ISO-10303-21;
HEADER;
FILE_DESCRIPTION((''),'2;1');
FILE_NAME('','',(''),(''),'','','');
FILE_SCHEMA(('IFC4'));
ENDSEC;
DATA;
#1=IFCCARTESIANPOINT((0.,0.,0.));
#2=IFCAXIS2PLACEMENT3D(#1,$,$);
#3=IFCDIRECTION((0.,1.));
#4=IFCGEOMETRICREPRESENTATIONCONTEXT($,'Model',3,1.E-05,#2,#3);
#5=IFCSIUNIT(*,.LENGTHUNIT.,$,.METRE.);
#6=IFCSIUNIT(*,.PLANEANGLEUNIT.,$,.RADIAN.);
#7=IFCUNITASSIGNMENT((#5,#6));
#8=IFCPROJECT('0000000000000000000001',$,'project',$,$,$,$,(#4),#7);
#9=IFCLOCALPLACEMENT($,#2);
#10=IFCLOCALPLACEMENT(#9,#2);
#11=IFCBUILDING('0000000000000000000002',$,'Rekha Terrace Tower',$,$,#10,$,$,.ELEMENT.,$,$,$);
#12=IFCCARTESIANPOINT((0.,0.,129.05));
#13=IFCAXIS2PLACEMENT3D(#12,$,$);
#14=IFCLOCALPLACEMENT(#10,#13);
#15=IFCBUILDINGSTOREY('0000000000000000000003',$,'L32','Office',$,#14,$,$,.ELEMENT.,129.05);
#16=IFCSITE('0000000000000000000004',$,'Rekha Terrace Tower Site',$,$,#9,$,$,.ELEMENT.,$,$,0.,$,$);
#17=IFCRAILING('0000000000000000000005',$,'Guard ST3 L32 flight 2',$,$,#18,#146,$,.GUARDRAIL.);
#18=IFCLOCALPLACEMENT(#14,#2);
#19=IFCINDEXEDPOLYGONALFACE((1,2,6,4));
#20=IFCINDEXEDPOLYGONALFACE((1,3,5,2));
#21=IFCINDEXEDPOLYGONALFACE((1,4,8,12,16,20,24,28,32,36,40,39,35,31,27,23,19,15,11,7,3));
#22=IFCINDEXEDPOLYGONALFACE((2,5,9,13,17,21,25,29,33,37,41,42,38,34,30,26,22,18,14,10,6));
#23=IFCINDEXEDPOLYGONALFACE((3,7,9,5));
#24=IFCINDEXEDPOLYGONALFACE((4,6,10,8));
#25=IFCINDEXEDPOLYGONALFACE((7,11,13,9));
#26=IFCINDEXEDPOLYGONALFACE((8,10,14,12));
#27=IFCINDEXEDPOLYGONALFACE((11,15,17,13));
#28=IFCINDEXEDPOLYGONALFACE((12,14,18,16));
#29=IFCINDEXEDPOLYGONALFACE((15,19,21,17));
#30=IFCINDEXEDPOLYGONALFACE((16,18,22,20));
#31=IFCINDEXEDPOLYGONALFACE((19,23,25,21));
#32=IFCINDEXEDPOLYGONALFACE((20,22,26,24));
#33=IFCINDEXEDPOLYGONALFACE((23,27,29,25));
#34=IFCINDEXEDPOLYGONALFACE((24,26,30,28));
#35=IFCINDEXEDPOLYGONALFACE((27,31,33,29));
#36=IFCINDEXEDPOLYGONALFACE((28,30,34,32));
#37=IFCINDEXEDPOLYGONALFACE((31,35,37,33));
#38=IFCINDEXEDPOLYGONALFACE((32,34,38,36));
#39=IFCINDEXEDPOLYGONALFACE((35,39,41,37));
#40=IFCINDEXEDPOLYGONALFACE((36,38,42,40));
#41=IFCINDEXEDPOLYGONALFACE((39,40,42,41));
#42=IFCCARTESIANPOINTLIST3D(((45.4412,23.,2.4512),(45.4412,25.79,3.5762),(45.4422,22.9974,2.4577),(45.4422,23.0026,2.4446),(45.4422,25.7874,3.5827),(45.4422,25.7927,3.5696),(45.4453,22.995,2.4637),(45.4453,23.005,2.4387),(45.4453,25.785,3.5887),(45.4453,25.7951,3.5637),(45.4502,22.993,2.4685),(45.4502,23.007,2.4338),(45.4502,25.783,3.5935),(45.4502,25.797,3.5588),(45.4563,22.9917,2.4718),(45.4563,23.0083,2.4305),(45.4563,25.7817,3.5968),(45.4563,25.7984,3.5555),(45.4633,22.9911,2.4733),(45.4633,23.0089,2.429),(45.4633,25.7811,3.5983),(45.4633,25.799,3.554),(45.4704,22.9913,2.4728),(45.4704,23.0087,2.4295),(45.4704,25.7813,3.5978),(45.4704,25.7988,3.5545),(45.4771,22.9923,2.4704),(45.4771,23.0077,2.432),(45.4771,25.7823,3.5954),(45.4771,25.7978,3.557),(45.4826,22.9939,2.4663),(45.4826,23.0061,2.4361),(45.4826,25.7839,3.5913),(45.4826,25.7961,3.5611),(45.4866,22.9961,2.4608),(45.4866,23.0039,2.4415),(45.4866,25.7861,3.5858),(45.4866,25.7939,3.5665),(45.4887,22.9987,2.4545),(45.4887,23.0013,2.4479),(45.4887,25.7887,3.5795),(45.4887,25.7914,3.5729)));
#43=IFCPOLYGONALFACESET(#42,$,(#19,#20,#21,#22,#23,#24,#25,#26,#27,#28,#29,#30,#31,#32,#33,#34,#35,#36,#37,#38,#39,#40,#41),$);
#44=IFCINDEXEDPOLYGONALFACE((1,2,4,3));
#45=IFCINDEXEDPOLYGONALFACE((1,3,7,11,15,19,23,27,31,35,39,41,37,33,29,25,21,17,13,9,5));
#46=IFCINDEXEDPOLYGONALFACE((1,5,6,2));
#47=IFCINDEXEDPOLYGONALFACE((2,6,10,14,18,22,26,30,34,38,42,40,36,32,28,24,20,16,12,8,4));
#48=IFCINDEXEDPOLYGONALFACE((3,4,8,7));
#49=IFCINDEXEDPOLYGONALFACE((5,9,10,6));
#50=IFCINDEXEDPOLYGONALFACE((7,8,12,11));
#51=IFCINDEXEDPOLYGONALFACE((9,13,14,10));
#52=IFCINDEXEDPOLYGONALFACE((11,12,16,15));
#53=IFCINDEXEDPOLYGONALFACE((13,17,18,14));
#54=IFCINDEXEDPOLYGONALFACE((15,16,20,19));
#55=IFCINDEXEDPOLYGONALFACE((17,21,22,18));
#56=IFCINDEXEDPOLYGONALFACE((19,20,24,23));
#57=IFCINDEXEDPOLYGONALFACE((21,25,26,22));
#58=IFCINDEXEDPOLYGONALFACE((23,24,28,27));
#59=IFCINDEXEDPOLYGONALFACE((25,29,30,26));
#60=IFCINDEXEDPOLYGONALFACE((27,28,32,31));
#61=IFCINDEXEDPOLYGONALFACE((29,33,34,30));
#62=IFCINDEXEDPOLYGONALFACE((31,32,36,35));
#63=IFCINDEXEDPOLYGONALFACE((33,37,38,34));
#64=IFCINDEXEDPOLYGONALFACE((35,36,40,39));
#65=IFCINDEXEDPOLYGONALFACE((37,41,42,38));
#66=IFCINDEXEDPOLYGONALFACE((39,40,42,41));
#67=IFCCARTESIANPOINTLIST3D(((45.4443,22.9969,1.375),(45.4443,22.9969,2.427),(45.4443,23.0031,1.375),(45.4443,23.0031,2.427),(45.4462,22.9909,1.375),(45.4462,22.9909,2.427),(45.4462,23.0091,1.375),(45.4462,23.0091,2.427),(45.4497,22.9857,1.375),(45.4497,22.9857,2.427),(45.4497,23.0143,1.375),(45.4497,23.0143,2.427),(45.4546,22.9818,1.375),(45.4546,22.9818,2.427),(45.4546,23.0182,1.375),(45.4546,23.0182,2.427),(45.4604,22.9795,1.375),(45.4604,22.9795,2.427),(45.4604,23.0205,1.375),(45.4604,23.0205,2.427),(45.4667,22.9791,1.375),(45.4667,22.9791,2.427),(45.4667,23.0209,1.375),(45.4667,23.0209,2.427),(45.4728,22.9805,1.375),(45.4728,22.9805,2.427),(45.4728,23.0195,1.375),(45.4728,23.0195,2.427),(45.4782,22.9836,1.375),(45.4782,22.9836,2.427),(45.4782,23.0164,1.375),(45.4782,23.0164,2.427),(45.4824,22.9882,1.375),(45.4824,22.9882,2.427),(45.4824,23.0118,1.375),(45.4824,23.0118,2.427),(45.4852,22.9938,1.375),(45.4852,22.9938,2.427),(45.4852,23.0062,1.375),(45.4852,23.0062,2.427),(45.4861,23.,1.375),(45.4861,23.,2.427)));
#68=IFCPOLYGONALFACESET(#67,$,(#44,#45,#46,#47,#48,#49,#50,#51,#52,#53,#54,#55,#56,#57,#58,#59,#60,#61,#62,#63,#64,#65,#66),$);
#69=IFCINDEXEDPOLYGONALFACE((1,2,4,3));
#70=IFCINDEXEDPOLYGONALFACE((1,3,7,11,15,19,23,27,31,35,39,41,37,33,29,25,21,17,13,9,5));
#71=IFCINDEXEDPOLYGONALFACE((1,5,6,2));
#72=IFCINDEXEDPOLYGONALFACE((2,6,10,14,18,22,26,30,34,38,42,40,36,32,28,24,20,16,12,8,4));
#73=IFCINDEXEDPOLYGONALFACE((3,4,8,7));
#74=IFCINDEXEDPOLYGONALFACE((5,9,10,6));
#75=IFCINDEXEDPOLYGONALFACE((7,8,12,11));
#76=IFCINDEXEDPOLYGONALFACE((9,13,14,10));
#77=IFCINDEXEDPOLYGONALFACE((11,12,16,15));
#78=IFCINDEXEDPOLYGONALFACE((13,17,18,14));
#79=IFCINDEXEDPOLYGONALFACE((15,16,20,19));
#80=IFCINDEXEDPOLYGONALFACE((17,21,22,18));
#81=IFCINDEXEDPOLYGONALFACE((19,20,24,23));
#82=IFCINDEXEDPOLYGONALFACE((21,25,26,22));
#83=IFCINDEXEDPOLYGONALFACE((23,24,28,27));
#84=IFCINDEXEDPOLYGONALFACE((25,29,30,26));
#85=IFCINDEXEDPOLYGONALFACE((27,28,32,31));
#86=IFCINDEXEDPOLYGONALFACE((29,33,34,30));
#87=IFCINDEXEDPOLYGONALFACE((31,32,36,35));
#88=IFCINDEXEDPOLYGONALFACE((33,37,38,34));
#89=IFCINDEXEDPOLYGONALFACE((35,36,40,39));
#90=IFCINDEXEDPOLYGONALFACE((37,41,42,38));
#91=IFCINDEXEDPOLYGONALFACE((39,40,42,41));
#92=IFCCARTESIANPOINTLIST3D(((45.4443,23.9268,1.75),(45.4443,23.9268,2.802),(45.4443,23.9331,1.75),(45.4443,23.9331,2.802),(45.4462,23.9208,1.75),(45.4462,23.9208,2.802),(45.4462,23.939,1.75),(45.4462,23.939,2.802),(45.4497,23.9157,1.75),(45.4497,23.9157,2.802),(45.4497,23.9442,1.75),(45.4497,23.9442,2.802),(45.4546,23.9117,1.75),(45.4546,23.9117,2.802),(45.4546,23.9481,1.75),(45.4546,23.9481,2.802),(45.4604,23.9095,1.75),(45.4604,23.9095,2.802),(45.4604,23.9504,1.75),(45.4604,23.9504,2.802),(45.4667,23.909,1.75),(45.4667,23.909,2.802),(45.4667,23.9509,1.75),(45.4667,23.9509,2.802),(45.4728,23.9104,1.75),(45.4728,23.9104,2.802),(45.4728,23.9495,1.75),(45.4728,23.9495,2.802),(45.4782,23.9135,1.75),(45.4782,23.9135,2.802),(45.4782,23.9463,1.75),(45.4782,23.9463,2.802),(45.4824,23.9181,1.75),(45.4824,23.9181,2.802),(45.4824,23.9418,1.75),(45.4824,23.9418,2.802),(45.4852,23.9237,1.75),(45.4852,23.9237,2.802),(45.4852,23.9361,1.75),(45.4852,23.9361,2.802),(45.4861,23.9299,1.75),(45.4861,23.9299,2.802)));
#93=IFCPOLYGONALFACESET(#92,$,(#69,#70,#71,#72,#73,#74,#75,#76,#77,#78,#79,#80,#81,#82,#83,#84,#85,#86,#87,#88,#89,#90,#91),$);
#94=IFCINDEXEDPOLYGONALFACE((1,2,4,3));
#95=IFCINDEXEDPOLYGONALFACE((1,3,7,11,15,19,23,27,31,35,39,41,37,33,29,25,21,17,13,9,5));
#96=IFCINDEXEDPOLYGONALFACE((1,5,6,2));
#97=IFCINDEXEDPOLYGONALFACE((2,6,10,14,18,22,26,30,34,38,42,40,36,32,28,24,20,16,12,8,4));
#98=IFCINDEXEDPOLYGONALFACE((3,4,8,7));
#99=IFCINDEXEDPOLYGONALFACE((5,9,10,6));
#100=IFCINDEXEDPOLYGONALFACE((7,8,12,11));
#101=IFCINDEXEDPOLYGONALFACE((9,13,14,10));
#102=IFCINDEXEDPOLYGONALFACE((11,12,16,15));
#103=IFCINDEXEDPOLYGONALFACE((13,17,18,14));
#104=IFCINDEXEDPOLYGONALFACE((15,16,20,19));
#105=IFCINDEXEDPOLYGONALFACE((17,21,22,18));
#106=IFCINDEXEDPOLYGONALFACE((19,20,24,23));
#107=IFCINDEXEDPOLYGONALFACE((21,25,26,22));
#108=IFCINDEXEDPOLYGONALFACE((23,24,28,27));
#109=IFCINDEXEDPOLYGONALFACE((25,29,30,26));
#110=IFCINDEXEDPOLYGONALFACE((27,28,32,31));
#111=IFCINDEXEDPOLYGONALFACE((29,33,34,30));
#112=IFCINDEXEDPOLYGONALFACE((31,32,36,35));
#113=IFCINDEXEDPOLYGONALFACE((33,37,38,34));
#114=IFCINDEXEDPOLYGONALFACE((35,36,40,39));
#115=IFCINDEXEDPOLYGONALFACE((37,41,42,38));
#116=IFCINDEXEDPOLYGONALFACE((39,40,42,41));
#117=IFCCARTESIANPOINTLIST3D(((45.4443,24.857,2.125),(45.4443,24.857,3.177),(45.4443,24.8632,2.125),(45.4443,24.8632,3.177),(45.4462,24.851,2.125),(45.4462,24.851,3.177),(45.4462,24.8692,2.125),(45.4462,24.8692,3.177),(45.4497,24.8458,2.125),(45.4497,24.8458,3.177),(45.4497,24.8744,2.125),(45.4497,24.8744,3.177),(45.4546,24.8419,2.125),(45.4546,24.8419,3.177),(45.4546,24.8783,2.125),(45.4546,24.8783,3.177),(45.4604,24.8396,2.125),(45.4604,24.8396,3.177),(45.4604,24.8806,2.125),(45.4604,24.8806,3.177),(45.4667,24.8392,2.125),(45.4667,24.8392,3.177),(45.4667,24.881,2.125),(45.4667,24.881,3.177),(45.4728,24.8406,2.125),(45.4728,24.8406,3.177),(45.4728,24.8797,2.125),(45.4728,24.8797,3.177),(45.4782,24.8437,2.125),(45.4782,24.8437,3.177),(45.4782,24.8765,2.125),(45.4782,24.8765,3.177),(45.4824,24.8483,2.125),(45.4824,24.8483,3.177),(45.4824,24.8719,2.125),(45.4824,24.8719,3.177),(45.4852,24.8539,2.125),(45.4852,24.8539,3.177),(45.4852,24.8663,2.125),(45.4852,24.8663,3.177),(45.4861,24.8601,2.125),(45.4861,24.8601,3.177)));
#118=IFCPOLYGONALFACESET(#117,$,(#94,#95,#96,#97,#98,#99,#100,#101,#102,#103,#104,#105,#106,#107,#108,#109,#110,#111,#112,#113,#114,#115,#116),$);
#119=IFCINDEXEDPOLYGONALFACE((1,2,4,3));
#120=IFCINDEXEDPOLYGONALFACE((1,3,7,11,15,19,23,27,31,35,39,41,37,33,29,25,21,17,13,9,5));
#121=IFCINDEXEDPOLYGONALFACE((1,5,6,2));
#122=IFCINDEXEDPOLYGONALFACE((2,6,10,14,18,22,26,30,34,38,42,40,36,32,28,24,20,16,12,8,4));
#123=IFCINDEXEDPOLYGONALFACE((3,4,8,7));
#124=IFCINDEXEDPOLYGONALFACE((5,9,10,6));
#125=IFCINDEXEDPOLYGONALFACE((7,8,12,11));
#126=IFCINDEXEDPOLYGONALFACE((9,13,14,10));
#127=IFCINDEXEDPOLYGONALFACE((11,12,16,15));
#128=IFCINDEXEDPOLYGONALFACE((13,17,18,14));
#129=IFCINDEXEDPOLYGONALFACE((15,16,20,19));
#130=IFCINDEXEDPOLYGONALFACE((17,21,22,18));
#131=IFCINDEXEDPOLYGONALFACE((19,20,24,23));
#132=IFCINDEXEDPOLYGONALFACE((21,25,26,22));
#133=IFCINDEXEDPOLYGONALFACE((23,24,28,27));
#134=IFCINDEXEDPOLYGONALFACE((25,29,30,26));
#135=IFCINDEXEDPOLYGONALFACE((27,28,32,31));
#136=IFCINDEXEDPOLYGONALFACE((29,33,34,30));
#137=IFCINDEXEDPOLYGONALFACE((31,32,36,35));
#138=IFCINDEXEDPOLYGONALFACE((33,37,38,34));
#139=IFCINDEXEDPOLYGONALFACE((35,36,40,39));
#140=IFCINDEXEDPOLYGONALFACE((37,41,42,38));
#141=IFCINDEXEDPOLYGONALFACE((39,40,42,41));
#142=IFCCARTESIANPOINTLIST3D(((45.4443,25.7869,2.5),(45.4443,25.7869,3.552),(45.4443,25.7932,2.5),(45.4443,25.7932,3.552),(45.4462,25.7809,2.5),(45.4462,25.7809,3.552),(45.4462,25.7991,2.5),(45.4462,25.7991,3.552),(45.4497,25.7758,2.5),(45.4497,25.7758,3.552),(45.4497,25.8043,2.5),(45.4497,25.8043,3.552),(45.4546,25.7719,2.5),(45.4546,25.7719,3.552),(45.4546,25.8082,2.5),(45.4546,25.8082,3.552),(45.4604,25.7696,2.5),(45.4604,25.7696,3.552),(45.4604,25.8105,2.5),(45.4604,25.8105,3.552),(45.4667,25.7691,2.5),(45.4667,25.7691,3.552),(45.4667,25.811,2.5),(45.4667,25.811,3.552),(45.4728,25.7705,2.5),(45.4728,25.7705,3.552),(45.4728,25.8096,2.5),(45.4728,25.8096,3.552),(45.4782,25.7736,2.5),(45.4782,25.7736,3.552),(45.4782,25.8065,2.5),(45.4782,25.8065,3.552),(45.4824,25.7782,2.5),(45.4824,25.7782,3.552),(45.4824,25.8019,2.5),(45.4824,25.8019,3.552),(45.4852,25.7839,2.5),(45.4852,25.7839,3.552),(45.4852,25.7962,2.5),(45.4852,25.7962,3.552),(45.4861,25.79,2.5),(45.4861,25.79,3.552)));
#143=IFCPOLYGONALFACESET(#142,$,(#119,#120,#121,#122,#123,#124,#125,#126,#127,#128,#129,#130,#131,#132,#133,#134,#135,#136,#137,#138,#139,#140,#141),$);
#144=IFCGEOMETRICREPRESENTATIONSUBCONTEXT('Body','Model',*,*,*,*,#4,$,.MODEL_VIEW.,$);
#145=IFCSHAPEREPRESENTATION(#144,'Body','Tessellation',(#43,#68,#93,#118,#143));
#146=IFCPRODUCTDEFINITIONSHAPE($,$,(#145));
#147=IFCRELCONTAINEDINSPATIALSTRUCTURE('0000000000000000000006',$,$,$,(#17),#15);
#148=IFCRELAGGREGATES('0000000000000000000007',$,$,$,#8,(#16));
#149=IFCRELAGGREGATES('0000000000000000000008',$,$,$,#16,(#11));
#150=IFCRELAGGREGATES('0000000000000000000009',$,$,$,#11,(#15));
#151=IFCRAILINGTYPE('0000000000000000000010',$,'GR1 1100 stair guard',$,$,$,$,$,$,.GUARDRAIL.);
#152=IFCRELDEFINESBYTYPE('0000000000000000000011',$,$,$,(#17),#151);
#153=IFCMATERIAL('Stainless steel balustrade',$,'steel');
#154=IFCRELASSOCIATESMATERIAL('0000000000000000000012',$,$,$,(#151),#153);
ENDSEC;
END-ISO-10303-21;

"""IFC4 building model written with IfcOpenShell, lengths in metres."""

from ifc_helpers import new_model, si_unit, direction, frame, origin, origin_2d, place, context, subcontext, project, spatial, circle, extrude, material, type_object, element, save


model = new_model("IFC4")

# Units and contexts
model_context = context("Model", 3, precision=1e-05, world=origin(), true_north=direction((0.0, 1.0)))
body_context = subcontext(model_context, "Body", "Model", "MODEL_VIEW")
ifc_project = project(units=[si_unit("LENGTHUNIT", "METRE"), si_unit("PLANEANGLEUNIT", "RADIAN")], contexts=[model_context])

# Site, building, storey
site_placement = place(None, origin())
site = spatial("IfcSite", under=ifc_project, at=site_placement, Name="Rekha Terrace Tower Site", CompositionType="ELEMENT", RefElevation=0.0)
building_placement = place(site_placement, origin())
building = spatial("IfcBuilding", under=site, at=building_placement, Name="Rekha Terrace Tower", CompositionType="ELEMENT")
storey_placement = place(building_placement, frame((0.0, 0.0, 129.05)))
storey = spatial("IfcBuildingStorey", under=building, at=storey_placement, Name="L32", Description="Office", CompositionType="ELEMENT", Elevation=129.05)

# Railing
ifc_material_1 = material(Name="Stainless steel balustrade", Category="steel")
railing_type_1 = type_object("IfcRailingType", Name="GR1 1100 stair guard", PredefinedType="GUARDRAIL", material=ifc_material_1)
railing_1_placement = place(storey_placement, frame((45.4651, 23.0, 1.375)))
element("IfcRailing", 1, at=railing_1_placement, inside=storey, type_object=railing_type_1, Name="Guard ST3 L32 flight 2", PredefinedType="GUARDRAIL", context=body_context, shape_type="SweptSolid", body=[
    extrude(circle(Radius=0.0239, at=origin_2d()), frame((0.0, 0.0, 1.0762), z_axis=(0.0, 0.927443, 0.373964), x_axis=(-1.0, 0.0, 0.0)), (0.0, 0.0, 1.0), 3.0083),
    extrude(circle(Radius=0.021, at=origin_2d()), origin(), (0.0, 0.0, 1.0), 1.052),
    extrude(circle(Radius=0.021, at=origin_2d()), frame((0.0, 0.9299, 0.375)), (0.0, 0.0, 1.0), 1.052),
    extrude(circle(Radius=0.021, at=origin_2d()), frame((0.0, 1.8601, 0.75)), (0.0, 0.0, 1.0), 1.052),
    extrude(circle(Radius=0.021, at=origin_2d()), frame((0.0, 2.79, 1.125)), (0.0, 0.0, 1.0), 1.052),
])

save(model, "model.ifc")
